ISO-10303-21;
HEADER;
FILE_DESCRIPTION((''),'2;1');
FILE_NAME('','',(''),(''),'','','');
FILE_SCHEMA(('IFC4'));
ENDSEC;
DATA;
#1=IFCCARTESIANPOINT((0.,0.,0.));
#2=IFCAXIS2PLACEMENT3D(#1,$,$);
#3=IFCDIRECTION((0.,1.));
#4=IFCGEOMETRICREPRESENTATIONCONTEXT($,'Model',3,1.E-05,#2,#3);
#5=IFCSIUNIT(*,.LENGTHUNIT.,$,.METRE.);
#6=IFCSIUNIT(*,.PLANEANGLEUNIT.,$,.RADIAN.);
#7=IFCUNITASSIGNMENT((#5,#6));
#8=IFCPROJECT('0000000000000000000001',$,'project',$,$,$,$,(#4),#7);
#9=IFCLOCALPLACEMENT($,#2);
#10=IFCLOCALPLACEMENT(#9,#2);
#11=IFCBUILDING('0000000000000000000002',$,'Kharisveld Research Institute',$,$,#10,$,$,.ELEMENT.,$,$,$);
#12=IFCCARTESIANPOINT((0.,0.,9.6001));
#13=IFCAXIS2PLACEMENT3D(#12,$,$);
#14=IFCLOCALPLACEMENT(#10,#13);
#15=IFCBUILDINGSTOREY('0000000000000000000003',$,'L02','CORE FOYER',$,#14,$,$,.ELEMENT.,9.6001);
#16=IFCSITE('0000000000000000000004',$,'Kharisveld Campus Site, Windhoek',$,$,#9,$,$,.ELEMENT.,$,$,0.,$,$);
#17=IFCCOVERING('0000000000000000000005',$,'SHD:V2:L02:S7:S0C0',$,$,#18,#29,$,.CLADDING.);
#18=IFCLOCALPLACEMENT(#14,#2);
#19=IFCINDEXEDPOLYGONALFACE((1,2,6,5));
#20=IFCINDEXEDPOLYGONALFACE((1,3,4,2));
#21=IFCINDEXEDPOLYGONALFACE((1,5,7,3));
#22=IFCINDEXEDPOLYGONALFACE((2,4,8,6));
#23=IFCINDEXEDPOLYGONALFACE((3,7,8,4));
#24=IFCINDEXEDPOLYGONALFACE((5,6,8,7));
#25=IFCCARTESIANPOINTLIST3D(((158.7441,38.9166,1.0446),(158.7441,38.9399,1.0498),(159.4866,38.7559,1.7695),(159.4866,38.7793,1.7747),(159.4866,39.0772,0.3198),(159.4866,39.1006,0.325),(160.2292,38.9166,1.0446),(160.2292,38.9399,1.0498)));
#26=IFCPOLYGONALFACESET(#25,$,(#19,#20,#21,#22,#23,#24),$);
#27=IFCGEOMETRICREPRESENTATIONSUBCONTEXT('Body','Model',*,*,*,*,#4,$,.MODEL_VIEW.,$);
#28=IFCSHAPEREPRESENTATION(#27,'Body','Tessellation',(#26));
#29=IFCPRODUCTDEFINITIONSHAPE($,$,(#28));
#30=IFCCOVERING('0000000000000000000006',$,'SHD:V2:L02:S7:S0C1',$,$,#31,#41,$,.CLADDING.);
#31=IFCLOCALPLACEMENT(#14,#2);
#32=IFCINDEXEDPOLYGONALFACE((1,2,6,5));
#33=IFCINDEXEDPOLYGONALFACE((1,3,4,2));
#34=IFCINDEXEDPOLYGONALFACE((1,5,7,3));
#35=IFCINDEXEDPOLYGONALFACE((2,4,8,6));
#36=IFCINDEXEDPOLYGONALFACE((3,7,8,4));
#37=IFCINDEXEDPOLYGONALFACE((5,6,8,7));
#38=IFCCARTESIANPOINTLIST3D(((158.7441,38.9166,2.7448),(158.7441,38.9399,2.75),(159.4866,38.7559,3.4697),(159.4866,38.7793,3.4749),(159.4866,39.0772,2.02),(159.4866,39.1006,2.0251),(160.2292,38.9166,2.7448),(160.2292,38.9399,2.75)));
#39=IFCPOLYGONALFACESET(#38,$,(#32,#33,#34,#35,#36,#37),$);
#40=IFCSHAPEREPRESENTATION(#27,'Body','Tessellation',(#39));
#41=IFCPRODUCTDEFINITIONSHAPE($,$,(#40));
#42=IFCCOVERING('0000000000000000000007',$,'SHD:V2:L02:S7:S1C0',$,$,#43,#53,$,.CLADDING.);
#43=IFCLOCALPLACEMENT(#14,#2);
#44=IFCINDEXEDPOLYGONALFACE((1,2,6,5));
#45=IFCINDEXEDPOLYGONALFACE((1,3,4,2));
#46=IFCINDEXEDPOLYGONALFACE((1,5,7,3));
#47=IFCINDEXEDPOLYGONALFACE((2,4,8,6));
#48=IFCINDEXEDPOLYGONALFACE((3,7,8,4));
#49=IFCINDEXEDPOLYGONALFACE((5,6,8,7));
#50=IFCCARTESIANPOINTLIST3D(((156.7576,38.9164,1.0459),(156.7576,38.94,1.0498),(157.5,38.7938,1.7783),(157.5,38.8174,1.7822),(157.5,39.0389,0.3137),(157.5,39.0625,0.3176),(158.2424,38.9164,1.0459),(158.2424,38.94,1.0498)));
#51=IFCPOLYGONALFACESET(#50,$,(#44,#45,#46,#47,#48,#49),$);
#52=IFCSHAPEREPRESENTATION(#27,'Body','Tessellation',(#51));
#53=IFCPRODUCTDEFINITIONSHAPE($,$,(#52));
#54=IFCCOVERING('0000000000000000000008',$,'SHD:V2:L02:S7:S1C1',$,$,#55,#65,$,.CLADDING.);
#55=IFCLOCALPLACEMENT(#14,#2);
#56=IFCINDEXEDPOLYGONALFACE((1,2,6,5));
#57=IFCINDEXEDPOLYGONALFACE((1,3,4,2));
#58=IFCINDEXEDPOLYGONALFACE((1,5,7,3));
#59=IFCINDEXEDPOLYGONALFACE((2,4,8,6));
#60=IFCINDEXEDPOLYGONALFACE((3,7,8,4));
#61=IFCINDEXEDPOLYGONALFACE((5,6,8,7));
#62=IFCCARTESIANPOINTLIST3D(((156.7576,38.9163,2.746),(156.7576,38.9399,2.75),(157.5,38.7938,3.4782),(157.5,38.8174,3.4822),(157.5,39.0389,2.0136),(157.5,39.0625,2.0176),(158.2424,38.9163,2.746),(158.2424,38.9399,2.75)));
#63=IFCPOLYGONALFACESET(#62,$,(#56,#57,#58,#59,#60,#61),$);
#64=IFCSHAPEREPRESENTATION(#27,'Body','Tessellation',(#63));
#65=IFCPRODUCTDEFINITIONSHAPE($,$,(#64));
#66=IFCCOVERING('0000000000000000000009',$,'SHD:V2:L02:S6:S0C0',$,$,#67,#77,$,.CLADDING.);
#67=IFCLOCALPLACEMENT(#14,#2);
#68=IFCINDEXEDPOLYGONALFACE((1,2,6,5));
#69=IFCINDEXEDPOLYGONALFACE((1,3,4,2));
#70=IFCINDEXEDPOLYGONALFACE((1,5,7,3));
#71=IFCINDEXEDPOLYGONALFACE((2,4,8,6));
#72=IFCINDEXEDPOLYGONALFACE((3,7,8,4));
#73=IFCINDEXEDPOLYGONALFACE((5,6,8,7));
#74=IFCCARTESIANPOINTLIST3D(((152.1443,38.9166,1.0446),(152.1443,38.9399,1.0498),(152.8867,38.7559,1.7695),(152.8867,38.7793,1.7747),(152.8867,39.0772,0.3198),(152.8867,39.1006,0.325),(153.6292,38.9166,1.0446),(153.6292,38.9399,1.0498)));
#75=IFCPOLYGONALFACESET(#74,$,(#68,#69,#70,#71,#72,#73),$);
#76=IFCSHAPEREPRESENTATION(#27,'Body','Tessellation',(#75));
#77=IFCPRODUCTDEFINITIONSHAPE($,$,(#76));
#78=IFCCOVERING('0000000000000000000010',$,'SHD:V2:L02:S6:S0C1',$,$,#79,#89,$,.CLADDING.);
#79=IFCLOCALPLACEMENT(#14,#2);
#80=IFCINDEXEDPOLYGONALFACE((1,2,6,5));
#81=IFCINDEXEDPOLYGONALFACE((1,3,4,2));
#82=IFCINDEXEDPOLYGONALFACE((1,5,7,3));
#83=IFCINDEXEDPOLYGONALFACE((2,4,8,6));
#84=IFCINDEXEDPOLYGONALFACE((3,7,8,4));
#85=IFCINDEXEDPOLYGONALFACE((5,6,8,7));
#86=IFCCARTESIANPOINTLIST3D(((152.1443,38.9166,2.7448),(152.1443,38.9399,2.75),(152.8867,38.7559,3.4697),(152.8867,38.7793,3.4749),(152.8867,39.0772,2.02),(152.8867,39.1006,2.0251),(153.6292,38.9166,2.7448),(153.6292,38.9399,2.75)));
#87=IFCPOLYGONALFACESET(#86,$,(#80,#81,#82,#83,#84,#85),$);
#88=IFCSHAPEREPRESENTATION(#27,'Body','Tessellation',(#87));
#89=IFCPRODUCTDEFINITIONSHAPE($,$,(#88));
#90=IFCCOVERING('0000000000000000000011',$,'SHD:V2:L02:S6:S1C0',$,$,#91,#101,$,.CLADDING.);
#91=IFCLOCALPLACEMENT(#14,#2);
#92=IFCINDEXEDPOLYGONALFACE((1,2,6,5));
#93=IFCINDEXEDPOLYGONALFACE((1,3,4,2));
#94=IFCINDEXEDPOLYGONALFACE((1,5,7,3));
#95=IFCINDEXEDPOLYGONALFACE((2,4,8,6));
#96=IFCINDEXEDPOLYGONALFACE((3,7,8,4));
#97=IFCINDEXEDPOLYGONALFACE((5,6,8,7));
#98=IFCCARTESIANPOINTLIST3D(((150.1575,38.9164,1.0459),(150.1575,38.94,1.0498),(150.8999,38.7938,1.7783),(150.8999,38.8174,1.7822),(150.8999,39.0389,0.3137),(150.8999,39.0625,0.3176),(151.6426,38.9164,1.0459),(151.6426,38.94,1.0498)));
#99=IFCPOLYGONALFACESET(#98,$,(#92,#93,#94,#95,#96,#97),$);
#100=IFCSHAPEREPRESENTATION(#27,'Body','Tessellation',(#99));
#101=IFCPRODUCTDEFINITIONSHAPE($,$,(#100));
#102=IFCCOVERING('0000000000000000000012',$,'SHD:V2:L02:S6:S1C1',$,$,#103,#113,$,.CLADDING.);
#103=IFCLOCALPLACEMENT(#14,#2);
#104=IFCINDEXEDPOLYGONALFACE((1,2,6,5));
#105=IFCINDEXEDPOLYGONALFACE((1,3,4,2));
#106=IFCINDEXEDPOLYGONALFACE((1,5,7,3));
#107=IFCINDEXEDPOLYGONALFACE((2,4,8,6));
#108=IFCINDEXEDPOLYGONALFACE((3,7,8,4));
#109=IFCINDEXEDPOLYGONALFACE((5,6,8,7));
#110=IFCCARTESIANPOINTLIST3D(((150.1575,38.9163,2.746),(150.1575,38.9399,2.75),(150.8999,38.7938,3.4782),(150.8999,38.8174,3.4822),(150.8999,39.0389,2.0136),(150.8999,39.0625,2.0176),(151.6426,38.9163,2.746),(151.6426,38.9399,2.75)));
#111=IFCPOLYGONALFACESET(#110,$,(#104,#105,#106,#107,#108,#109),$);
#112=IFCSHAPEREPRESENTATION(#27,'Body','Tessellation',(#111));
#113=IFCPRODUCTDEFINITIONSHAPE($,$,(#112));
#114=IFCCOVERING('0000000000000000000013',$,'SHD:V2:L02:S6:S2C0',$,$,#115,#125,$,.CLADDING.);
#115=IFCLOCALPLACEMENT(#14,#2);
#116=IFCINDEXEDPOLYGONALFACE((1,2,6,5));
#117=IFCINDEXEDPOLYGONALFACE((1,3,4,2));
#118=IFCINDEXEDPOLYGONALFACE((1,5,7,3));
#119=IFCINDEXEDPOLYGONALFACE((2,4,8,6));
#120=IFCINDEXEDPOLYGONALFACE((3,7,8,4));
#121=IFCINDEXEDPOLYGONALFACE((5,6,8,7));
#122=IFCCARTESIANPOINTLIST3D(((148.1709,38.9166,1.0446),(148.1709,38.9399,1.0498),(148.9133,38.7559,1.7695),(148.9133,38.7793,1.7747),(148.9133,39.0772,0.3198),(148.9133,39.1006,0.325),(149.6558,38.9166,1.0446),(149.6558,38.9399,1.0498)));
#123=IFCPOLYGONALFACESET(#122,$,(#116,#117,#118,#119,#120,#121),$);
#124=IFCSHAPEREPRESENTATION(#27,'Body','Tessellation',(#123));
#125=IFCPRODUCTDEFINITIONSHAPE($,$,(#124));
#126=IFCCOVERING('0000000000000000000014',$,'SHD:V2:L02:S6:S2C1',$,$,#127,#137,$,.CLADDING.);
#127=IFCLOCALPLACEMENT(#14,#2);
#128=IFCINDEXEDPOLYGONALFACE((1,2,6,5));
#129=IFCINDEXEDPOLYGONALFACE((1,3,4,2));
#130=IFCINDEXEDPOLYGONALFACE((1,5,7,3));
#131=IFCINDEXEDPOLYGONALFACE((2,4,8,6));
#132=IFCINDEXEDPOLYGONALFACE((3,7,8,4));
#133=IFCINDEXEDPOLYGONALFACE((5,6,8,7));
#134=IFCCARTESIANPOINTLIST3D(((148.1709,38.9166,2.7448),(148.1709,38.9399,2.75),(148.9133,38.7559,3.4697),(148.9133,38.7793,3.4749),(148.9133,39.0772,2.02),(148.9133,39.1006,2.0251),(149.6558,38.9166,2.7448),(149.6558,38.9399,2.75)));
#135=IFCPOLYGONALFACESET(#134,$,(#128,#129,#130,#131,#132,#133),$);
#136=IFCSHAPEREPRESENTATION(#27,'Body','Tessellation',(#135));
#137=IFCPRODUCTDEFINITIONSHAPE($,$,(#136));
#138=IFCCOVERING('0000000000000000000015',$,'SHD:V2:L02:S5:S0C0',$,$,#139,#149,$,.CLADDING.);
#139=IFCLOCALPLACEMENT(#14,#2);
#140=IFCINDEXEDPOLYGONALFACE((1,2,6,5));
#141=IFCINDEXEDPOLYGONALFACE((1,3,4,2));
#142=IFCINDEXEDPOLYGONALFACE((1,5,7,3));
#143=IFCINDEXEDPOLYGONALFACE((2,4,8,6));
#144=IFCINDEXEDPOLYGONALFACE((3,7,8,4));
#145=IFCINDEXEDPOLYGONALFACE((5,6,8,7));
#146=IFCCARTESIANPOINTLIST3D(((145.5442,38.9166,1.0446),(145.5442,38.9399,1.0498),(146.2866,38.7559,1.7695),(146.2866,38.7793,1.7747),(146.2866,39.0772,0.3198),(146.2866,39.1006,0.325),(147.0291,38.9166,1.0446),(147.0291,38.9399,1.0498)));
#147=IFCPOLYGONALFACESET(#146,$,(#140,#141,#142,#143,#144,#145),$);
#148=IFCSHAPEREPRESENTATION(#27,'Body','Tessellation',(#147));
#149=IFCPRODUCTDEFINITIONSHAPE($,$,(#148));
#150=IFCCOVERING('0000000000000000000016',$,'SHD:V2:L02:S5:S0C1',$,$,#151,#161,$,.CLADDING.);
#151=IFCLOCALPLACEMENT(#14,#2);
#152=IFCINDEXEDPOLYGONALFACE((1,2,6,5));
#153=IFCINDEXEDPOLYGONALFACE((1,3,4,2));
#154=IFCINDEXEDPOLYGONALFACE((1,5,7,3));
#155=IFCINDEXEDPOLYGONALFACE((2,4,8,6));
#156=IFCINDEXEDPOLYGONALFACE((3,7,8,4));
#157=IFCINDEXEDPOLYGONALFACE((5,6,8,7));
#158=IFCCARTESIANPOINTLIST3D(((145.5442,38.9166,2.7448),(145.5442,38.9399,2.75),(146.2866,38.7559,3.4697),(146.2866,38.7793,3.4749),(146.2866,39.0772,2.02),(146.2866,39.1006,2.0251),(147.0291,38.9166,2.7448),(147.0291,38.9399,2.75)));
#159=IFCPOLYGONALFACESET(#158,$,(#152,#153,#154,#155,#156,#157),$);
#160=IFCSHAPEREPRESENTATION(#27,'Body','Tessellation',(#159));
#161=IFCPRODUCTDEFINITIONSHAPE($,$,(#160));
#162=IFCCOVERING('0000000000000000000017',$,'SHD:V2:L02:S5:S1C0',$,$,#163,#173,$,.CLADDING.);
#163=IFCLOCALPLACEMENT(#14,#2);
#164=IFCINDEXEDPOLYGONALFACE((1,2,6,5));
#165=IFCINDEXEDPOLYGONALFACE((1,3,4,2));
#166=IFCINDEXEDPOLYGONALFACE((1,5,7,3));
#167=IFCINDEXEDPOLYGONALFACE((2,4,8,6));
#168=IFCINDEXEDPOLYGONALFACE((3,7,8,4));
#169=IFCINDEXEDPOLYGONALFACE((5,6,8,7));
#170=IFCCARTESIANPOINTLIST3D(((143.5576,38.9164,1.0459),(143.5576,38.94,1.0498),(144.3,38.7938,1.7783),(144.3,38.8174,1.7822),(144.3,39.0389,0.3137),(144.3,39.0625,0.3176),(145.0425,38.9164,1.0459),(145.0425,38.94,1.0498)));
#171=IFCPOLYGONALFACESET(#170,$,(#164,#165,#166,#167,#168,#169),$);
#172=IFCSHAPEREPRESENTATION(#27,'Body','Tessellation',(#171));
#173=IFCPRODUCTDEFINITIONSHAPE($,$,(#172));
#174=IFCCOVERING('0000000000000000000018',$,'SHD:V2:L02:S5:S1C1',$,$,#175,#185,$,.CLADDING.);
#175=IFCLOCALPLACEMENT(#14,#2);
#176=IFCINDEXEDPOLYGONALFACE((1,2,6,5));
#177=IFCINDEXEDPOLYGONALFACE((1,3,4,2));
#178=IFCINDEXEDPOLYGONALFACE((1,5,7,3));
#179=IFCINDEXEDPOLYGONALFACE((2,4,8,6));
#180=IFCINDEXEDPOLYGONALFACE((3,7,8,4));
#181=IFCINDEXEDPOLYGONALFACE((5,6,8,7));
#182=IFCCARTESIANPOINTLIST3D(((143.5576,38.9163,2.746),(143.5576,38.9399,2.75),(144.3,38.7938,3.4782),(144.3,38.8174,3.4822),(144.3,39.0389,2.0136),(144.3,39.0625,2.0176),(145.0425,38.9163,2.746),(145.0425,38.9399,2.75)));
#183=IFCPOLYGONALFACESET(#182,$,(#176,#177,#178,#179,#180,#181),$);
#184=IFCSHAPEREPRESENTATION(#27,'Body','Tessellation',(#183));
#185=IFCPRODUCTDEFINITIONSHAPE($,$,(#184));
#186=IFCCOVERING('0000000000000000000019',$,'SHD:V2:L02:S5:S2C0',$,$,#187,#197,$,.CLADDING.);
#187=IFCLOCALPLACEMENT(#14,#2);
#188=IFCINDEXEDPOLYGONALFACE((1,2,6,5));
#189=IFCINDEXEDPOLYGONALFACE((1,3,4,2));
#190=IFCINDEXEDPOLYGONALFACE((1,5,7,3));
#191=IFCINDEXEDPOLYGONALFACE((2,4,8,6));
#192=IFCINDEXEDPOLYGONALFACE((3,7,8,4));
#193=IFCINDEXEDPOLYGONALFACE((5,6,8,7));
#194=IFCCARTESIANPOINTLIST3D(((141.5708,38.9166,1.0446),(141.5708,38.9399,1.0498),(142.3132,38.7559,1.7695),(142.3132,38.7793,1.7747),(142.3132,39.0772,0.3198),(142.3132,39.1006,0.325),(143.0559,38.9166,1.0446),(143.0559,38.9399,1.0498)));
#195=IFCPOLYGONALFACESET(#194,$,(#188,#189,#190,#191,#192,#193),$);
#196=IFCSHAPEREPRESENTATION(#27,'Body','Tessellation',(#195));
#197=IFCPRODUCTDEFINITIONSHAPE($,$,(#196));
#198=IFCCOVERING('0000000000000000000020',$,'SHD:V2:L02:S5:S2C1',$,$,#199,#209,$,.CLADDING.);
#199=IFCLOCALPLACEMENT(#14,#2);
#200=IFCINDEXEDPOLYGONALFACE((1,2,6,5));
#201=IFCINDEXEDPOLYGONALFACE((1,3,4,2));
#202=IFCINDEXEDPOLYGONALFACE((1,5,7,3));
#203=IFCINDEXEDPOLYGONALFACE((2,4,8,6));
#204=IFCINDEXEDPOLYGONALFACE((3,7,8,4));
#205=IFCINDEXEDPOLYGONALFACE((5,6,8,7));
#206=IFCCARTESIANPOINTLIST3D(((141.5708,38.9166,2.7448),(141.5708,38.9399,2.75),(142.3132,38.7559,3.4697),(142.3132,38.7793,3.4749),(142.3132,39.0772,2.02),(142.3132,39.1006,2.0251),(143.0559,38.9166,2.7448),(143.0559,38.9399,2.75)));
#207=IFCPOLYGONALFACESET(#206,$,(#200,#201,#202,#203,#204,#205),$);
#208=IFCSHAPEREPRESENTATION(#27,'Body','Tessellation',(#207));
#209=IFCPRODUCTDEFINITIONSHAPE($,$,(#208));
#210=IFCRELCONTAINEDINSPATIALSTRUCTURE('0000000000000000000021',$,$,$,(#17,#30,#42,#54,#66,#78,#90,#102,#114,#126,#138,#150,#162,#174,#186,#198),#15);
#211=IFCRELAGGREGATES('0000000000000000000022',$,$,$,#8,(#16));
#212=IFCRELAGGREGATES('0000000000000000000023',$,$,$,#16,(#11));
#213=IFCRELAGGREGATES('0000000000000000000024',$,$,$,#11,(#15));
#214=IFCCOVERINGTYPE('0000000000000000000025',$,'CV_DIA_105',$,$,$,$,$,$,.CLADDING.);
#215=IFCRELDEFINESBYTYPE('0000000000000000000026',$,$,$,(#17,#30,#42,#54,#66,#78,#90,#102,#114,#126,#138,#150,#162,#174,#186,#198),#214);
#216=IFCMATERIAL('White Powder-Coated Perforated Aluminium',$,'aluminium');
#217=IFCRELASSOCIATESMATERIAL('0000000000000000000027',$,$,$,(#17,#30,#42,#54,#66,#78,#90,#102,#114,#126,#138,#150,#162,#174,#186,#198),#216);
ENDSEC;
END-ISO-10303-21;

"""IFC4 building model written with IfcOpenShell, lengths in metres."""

from ifc_helpers import new_model, si_unit, direction, frame, origin, place, context, subcontext, project, spatial, polyline, outline, extrude, material, type_object, element, save


model = new_model("IFC4")

# Units and contexts
model_context = context("Model", 3, precision=1e-05, world=origin(), true_north=direction((0.0, 1.0)))
body_context = subcontext(model_context, "Body", "Model", "MODEL_VIEW")
ifc_project = project(units=[si_unit("LENGTHUNIT", "METRE"), si_unit("PLANEANGLEUNIT", "RADIAN")], contexts=[model_context])

# Site, building, storey
site_placement = place(None, origin())
site = spatial("IfcSite", under=ifc_project, at=site_placement, Name="Kharisveld Campus Site, Windhoek", CompositionType="ELEMENT", RefElevation=0.0)
building_placement = place(site_placement, origin())
building = spatial("IfcBuilding", under=site, at=building_placement, Name="Kharisveld Research Institute", CompositionType="ELEMENT")
storey_placement = place(building_placement, frame((0.0, 0.0, 9.6001)))
storey = spatial("IfcBuildingStorey", under=building, at=storey_placement, Name="L02", Description="CORE FOYER", CompositionType="ELEMENT", Elevation=9.6001)

# Coverings
ifc_material_1 = material(Name="White Powder-Coated Perforated Aluminium", Category="aluminium")
covering_type = type_object("IfcCoveringType", Name="CV_DIA_105", PredefinedType="CLADDING")
for number, where, z_axis, x_axis, name in (
    (1, (159.4866, 39.1006, 0.325), (0.0, 0.976311, 0.216373), (-0.707102, -0.153, 0.69036), "SHD:V2:L02:S7:S0C0"),
    (2, (159.4866, 39.1006, 2.0251), (0.0, 0.976311, 0.216373), (-0.707102, -0.153, 0.69036), "SHD:V2:L02:S7:S0C1"),
):
    element("IfcCovering", number, at=place(storey_placement, frame(where, z_axis=z_axis, x_axis=x_axis)), inside=storey, type_object=covering_type, material=ifc_material_1, Name=name, PredefinedType="CLADDING", context=body_context, shape_type="SweptSolid", body=[
        extrude(outline(polyline([(0.0, 0.0), (1.05, 0.0), (1.05, 1.05), (-0.0002, 1.0501), (0.0, 0.0)])), origin(), (0.0, 0.0, -1.0), 0.0239),
    ])
covering_1_placement = place(storey_placement, frame((157.5, 39.0625, 0.3176), z_axis=(0.0, 0.986283, 0.165065), x_axis=(-0.707139, -0.116714, 0.697376)))
element("IfcCovering", 3, at=covering_1_placement, inside=storey, type_object=covering_type, material=ifc_material_1, Name="SHD:V2:L02:S7:S1C0", PredefinedType="CLADDING", context=body_context, shape_type="SweptSolid", body=[
    extrude(outline(polyline([(0.0, 0.0), (1.0499, 0.0), (1.05, 1.0501), (-0.0001, 1.0499), (0.0, 0.0)])), origin(), (0.0, 0.0, -1.0), 0.0239),
])
covering_2_placement = place(storey_placement, frame((157.5, 39.0625, 2.0176), z_axis=(0.0, 0.986283, 0.165065), x_axis=(-0.707024, -0.116733, 0.697489)))
element("IfcCovering", 4, at=covering_2_placement, inside=storey, type_object=covering_type, material=ifc_material_1, Name="SHD:V2:L02:S7:S1C1", PredefinedType="CLADDING", context=body_context, shape_type="SweptSolid", body=[
    extrude(outline(polyline([(0.0, 0.0), (1.0501, 0.0), (1.0502, 1.0499), (0.0002, 1.0501), (0.0, 0.0)])), origin(), (0.0, 0.0, -1.0), 0.0239),
])
for number, where, z_axis, x_axis, name in (
    (5, (152.8867, 39.1006, 0.325), (0.0, 0.976311, 0.216373), (-0.707102, -0.153, 0.69036), "SHD:V2:L02:S6:S0C0"),
    (6, (152.8867, 39.1006, 2.0251), (0.0, 0.976311, 0.216373), (-0.707102, -0.153, 0.69036), "SHD:V2:L02:S6:S0C1"),
):
    element("IfcCovering", number, at=place(storey_placement, frame(where, z_axis=z_axis, x_axis=x_axis)), inside=storey, type_object=covering_type, material=ifc_material_1, Name=name, PredefinedType="CLADDING", context=body_context, shape_type="SweptSolid", body=[
        extrude(outline(polyline([(0.0, 0.0), (1.05, 0.0), (1.05, 1.05), (0.0, 1.05), (0.0, 0.0)])), origin(), (0.0, 0.0, -1.0), 0.0239),
    ])
covering_3_placement = place(storey_placement, frame((150.8999, 39.0625, 0.3176), z_axis=(0.0, 0.986283, 0.165065), x_axis=(-0.707139, -0.116714, 0.697376)))
element("IfcCovering", 7, at=covering_3_placement, inside=storey, type_object=covering_type, material=ifc_material_1, Name="SHD:V2:L02:S6:S1C0", PredefinedType="CLADDING", context=body_context, shape_type="SweptSolid", body=[
    extrude(outline(polyline([(0.0, 0.0), (1.0499, 0.0), (1.05, 1.0501), (-0.0003, 1.0501), (0.0, 0.0)])), origin(), (0.0, 0.0, -1.0), 0.0239),
])
covering_4_placement = place(storey_placement, frame((150.8999, 39.0625, 2.0176), z_axis=(0.0, 0.986283, 0.165065), x_axis=(-0.707024, -0.116733, 0.697489)))
element("IfcCovering", 8, at=covering_4_placement, inside=storey, type_object=covering_type, material=ifc_material_1, Name="SHD:V2:L02:S6:S1C1", PredefinedType="CLADDING", context=body_context, shape_type="SweptSolid", body=[
    extrude(outline(polyline([(0.0, 0.0), (1.0501, 0.0), (1.0502, 1.0499), (0.0001, 1.0503), (0.0, 0.0)])), origin(), (0.0, 0.0, -1.0), 0.0239),
])
for number, where, z_axis, x_axis, name in (
    (9, (148.9133, 39.1006, 0.325), (0.0, 0.976311, 0.216373), (-0.707102, -0.153, 0.69036), "SHD:V2:L02:S6:S2C0"),
    (10, (148.9133, 39.1006, 2.0251), (0.0, 0.976311, 0.216373), (-0.707102, -0.153, 0.69036), "SHD:V2:L02:S6:S2C1"),
    (11, (146.2866, 39.1006, 0.325), (0.0, 0.976311, 0.216373), (-0.707102, -0.153, 0.69036), "SHD:V2:L02:S5:S0C0"),
    (12, (146.2866, 39.1006, 2.0251), (0.0, 0.976311, 0.216373), (-0.707102, -0.153, 0.69036), "SHD:V2:L02:S5:S0C1"),
):
    element("IfcCovering", number, at=place(storey_placement, frame(where, z_axis=z_axis, x_axis=x_axis)), inside=storey, type_object=covering_type, material=ifc_material_1, Name=name, PredefinedType="CLADDING", context=body_context, shape_type="SweptSolid", body=[
        extrude(outline(polyline([(0.0, 0.0), (1.05, 0.0), (1.05, 1.05), (0.0, 1.05), (0.0, 0.0)])), origin(), (0.0, 0.0, -1.0), 0.0239),
    ])
covering_5_placement = place(storey_placement, frame((144.3, 39.0625, 0.3176), z_axis=(0.0, 0.986283, 0.165065), x_axis=(-0.707139, -0.116714, 0.697376)))
element("IfcCovering", 13, at=covering_5_placement, inside=storey, type_object=covering_type, material=ifc_material_1, Name="SHD:V2:L02:S5:S1C0", PredefinedType="CLADDING", context=body_context, shape_type="SweptSolid", body=[
    extrude(outline(polyline([(0.0, 0.0), (1.0499, 0.0), (1.05, 1.0501), (-0.0001, 1.0499), (0.0, 0.0)])), origin(), (0.0, 0.0, -1.0), 0.0239),
])
covering_6_placement = place(storey_placement, frame((144.3, 39.0625, 2.0176), z_axis=(0.0, 0.986283, 0.165065), x_axis=(-0.707024, -0.116733, 0.697489)))
element("IfcCovering", 14, at=covering_6_placement, inside=storey, type_object=covering_type, material=ifc_material_1, Name="SHD:V2:L02:S5:S1C1", PredefinedType="CLADDING", context=body_context, shape_type="SweptSolid", body=[
    extrude(outline(polyline([(0.0, 0.0), (1.0501, 0.0), (1.0502, 1.0499), (0.0002, 1.0501), (0.0, 0.0)])), origin(), (0.0, 0.0, -1.0), 0.0239),
])
for number, where, z_axis, x_axis, name in (
    (15, (142.3132, 39.1006, 0.325), (0.0, 0.976311, 0.216373), (-0.707102, -0.153, 0.69036), "SHD:V2:L02:S5:S2C0"),
    (16, (142.3132, 39.1006, 2.0251), (0.0, 0.976311, 0.216373), (-0.707102, -0.153, 0.69036), "SHD:V2:L02:S5:S2C1"),
):
    element("IfcCovering", number, at=place(storey_placement, frame(where, z_axis=z_axis, x_axis=x_axis)), inside=storey, type_object=covering_type, material=ifc_material_1, Name=name, PredefinedType="CLADDING", context=body_context, shape_type="SweptSolid", body=[
        extrude(outline(polyline([(0.0, 0.0), (1.05, 0.0), (1.05, 1.05), (-0.0002, 1.0501), (0.0, 0.0)])), origin(), (0.0, 0.0, -1.0), 0.0239),
    ])

save(model, "model.ifc")
